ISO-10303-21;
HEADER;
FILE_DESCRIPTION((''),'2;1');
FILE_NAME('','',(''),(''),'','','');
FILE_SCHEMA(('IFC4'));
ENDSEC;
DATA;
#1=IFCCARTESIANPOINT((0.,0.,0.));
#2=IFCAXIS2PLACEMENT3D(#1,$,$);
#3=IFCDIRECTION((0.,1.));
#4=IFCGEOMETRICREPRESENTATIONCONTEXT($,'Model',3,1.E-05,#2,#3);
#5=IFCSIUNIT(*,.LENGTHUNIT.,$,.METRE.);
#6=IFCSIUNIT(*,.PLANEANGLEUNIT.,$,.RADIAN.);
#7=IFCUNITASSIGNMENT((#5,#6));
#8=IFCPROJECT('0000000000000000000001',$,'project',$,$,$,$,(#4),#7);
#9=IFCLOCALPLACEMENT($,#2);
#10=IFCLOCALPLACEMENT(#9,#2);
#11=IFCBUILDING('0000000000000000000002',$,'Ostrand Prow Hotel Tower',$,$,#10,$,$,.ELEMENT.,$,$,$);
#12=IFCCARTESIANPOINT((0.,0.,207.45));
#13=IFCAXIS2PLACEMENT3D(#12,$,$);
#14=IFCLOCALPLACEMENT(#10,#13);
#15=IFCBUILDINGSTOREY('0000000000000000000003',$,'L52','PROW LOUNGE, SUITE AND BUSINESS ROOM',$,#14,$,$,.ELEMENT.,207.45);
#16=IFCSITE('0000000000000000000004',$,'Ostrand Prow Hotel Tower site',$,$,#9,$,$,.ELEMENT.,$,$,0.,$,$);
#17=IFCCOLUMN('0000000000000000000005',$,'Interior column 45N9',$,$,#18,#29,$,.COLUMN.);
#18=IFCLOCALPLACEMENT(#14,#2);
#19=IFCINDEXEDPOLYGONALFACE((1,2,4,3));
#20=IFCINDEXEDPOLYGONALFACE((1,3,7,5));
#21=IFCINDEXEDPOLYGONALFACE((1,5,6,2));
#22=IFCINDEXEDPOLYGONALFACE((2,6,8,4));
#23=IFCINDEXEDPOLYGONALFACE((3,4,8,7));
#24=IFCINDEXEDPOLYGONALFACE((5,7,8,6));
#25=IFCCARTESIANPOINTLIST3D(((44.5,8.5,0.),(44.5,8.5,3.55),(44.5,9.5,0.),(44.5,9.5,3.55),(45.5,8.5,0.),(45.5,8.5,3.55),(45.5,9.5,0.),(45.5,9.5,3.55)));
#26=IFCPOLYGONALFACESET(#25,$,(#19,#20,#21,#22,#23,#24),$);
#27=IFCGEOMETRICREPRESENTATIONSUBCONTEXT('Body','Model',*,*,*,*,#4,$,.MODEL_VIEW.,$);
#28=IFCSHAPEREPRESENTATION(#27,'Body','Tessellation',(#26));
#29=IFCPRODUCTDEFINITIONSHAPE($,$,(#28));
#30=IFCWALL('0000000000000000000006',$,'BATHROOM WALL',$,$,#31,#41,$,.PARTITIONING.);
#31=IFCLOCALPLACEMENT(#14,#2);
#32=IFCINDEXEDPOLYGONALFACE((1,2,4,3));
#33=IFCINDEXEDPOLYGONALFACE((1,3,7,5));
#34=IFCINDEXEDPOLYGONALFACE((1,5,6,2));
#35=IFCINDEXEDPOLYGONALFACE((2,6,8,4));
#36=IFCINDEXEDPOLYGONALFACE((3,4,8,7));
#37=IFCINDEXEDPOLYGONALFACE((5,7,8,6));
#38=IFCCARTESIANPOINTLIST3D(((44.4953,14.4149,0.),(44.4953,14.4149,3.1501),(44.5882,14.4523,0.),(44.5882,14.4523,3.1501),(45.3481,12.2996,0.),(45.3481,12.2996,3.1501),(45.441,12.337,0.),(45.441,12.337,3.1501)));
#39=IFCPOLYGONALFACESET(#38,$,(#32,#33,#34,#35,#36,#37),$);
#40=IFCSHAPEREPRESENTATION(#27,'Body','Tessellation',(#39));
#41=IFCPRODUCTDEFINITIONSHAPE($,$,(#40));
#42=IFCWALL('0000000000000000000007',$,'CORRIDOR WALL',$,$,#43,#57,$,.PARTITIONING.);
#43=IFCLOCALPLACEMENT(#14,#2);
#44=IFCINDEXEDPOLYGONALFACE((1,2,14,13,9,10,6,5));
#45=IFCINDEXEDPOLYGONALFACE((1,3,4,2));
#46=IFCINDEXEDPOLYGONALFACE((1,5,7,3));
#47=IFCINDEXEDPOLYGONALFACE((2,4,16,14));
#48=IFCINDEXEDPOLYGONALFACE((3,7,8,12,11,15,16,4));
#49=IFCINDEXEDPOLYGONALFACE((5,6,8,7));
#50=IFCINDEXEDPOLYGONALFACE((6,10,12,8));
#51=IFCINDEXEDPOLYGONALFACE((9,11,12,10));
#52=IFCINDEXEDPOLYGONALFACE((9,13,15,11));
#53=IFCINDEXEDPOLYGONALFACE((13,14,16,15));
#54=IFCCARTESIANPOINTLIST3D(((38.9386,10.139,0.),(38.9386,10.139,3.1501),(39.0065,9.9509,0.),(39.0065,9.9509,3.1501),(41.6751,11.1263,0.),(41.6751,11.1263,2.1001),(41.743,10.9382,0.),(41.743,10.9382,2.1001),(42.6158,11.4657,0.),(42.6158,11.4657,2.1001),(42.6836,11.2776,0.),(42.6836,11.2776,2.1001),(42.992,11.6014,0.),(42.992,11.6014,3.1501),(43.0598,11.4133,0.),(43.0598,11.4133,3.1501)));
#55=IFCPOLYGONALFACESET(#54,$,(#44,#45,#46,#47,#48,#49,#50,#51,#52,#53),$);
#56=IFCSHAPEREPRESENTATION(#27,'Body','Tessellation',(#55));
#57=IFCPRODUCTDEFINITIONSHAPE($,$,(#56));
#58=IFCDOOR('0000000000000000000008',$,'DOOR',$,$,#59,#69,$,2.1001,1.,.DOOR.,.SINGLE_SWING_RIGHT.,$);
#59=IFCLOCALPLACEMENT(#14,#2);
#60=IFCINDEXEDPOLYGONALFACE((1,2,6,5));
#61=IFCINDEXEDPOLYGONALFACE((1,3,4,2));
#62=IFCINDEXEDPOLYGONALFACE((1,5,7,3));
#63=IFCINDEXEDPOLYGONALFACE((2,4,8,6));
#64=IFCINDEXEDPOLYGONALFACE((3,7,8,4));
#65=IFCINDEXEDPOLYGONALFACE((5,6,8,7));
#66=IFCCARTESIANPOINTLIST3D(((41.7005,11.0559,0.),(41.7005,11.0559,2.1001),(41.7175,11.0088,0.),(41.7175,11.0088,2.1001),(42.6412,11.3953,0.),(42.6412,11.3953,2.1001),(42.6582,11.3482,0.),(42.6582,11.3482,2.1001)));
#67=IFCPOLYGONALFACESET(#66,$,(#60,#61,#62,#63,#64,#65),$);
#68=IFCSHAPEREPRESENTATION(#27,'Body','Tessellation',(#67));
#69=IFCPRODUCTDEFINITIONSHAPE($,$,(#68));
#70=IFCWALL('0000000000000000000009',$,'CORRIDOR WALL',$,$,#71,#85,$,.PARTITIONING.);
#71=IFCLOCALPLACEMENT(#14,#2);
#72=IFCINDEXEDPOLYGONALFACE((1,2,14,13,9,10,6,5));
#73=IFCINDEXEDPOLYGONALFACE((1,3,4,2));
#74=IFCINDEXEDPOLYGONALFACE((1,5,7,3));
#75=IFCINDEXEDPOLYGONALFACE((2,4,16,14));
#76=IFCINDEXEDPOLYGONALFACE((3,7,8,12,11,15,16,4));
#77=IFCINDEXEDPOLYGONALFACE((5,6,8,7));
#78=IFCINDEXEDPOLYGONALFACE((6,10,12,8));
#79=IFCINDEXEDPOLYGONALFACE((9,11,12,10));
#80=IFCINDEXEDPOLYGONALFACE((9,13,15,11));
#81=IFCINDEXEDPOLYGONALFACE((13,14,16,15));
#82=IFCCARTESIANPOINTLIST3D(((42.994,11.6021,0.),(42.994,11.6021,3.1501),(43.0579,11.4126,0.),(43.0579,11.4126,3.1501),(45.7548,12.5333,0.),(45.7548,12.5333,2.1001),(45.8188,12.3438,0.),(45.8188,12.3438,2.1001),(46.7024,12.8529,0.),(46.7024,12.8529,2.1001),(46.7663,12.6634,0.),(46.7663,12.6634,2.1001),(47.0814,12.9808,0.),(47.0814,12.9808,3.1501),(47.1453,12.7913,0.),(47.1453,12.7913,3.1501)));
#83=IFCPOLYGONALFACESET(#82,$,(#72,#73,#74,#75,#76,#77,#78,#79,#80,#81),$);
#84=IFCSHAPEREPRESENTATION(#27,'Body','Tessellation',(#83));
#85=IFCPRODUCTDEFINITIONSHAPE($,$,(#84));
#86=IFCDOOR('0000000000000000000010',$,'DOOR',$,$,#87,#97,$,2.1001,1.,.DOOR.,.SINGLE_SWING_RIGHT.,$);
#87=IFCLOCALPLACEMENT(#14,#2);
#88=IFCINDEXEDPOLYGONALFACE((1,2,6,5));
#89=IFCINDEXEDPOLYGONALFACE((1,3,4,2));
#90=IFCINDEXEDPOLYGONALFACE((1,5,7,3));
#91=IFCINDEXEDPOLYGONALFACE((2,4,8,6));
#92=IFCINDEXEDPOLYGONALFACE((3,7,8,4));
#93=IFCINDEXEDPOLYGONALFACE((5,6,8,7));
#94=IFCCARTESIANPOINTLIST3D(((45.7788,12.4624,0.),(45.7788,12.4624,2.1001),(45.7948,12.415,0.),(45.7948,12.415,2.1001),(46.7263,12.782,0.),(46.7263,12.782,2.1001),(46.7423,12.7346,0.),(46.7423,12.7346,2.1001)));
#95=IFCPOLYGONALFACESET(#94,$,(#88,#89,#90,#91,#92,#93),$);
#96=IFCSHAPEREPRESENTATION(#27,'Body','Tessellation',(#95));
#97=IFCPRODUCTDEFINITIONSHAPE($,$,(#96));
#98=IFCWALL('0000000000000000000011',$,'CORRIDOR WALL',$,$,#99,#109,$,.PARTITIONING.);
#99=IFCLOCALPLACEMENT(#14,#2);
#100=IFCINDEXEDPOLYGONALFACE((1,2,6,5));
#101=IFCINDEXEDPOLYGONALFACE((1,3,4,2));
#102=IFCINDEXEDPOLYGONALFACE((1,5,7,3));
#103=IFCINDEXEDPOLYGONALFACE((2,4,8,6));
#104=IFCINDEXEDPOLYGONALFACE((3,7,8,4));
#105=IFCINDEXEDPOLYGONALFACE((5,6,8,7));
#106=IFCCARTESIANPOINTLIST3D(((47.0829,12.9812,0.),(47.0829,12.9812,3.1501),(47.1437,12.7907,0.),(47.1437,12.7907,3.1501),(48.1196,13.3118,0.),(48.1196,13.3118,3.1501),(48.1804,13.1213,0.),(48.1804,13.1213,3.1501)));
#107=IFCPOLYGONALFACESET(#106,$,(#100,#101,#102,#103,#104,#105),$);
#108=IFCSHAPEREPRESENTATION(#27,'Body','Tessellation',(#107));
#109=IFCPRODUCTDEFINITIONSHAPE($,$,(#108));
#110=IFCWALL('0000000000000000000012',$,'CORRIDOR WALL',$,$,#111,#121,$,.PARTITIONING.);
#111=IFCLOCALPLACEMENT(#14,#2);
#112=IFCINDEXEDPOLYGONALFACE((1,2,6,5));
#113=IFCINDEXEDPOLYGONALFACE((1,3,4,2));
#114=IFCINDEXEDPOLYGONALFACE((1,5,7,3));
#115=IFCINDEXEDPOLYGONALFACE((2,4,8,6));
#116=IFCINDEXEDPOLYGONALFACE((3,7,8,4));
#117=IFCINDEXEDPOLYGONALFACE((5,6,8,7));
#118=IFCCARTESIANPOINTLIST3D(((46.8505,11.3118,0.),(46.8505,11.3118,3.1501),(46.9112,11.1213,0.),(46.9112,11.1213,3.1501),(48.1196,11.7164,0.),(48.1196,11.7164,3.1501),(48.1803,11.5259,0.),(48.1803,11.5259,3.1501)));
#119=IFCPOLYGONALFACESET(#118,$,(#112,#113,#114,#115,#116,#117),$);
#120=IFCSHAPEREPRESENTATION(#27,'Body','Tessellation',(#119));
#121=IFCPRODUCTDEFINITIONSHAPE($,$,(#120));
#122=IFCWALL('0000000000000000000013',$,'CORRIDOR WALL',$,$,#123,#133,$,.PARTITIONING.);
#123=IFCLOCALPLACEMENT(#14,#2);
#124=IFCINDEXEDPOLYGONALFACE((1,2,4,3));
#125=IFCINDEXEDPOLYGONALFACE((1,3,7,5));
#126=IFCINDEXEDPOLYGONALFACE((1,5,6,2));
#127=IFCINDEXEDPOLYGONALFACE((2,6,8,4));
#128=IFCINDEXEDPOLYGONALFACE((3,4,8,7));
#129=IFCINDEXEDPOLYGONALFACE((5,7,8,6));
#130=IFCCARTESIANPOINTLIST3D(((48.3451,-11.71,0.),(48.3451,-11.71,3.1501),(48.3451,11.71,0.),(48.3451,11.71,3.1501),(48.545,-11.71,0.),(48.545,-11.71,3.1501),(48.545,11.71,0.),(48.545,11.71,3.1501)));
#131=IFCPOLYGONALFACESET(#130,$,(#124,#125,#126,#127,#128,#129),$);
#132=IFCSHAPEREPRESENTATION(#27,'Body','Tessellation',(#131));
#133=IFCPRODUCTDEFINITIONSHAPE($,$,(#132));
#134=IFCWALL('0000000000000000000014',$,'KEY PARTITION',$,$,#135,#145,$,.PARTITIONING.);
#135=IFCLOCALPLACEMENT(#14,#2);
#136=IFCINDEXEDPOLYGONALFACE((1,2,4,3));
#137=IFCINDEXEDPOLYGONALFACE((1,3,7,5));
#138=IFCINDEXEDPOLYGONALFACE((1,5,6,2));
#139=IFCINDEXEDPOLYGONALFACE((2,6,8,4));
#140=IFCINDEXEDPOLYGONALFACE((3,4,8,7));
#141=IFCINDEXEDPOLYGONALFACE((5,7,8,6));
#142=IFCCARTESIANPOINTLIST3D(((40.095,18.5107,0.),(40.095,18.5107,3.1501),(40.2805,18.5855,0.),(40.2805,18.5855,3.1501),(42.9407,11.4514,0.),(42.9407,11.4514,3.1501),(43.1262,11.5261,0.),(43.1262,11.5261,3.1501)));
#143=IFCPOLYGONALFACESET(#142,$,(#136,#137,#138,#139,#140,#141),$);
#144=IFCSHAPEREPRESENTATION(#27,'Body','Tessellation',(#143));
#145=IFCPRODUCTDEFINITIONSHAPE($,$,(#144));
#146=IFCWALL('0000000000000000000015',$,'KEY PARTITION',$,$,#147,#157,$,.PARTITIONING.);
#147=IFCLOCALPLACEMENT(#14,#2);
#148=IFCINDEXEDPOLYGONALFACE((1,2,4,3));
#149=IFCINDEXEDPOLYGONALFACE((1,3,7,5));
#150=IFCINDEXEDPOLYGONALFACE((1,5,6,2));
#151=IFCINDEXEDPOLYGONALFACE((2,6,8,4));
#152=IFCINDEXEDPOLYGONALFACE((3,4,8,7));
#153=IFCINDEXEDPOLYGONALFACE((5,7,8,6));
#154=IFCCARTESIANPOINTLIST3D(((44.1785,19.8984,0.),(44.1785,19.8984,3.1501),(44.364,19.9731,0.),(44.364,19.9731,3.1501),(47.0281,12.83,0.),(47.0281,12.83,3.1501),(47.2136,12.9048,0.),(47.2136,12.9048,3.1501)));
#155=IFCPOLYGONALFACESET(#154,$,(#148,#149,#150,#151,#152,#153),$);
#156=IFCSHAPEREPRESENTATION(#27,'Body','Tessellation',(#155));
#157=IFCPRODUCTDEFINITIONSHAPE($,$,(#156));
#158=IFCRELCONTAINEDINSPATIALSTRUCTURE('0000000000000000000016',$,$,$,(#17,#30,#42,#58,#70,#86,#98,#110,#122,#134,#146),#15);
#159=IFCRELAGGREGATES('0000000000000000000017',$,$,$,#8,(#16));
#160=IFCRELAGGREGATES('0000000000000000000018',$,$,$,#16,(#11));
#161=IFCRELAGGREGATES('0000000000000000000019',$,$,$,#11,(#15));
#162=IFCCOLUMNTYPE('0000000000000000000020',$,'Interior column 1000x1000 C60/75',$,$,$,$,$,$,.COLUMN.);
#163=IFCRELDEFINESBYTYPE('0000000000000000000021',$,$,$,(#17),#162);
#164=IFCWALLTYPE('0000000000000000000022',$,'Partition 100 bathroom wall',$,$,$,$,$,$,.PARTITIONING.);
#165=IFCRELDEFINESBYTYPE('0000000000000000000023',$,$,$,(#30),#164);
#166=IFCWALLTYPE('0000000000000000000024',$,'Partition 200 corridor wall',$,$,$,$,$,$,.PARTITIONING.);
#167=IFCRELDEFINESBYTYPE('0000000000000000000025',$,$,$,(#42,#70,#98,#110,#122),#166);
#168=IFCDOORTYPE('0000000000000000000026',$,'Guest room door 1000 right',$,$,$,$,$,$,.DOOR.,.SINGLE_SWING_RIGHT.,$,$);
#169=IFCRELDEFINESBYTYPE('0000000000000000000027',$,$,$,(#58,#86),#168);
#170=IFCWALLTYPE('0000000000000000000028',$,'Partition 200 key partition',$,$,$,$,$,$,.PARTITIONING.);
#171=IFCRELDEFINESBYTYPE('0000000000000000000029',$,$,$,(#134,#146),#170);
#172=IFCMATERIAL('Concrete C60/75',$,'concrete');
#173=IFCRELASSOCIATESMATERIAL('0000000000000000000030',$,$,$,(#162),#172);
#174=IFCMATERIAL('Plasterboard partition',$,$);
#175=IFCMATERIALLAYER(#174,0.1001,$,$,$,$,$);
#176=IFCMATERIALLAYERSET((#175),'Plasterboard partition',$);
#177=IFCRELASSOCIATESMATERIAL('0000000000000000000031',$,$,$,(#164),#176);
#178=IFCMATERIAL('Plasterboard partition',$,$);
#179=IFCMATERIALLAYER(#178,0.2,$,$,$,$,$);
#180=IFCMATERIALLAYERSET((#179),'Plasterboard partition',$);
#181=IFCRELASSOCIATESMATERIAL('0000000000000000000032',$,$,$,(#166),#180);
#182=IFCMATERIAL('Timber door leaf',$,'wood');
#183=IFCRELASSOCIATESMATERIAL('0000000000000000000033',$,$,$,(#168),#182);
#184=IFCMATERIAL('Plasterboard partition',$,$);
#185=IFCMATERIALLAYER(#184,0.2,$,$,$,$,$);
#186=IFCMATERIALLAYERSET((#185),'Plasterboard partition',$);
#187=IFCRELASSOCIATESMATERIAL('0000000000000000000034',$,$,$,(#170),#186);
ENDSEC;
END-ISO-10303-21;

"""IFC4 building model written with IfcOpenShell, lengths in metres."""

from ifc_helpers import new_model, si_unit, direction, frame, frame_2d, origin, origin_2d, place, context, subcontext, project, spatial, rectangle, extrude, material, layer, layer_set, material_profile, profile_set, type_object, element, fill, save


model = new_model("IFC4")

# Units and contexts
model_context = context("Model", 3, precision=1e-05, world=origin(), true_north=direction((0.0, 1.0)))
body_context = subcontext(model_context, "Body", "Model", "MODEL_VIEW")
ifc_project = project(units=[si_unit("LENGTHUNIT", "METRE"), si_unit("PLANEANGLEUNIT", "RADIAN")], contexts=[model_context])

# Site, building, storey
site_placement = place(None, origin())
site = spatial("IfcSite", under=ifc_project, at=site_placement, Name="Ostrand Prow Hotel Tower site", CompositionType="ELEMENT", RefElevation=0.0)
building_placement = place(site_placement, origin())
building = spatial("IfcBuilding", under=site, at=building_placement, Name="Ostrand Prow Hotel Tower", CompositionType="ELEMENT")
storey_placement = place(building_placement, frame((0.0, 0.0, 207.45)))
storey = spatial("IfcBuildingStorey", under=building, at=storey_placement, Name="L52", Description="PROW LOUNGE, SUITE AND BUSINESS ROOM", CompositionType="ELEMENT", Elevation=207.45)

# Column
ifc_material_1 = material(Name="Concrete C60/75", Category="concrete")
ifc_material_profile = material_profile(ifc_material_1, rectangle(XDim=1.0, YDim=1.0, at=origin_2d()), Name="RC 1000x1000")
ifc_profile_set = profile_set([ifc_material_profile], Name="Concrete C60/75")
column_type = type_object("IfcColumnType", Name="Interior column 1000x1000 C60/75", PredefinedType="COLUMN", material=ifc_profile_set)
column_placement = place(storey_placement, frame((45.0, 9.0, 0.0), z_axis=(0.0, 0.0, 1.0), x_axis=(1.0, 0.0, 0.0)))
element("IfcColumn", 1, at=column_placement, inside=storey, type_object=column_type, Name="Interior column 45N9", PredefinedType="COLUMN", context=body_context, shape_type="SweptSolid", body=[
    extrude(rectangle(XDim=1.0, YDim=1.0, at=origin_2d()), origin(), (0.0, 0.0, 1.0), 3.55),
])

# Wall
ifc_material_2 = material(Name="Plasterboard partition")
ifc_layer_1 = layer(ifc_material_2, 0.1001)
ifc_layer_set_1 = layer_set([ifc_layer_1], Name="Plasterboard partition")
wall_type_1 = type_object("IfcWallType", Name="Partition 100 bathroom wall", PredefinedType="PARTITIONING", material=ifc_layer_set_1)
wall_1_placement = place(storey_placement, frame((44.5417, 14.4336, 0.0), z_axis=(0.0, 0.0, 1.0), x_axis=(0.373918, -0.927462, 0.0)))
element("IfcWall", 2, at=wall_1_placement, inside=storey, type_object=wall_type_1, Name="BATHROOM WALL", PredefinedType="PARTITIONING", context=body_context, shape_type="SweptSolid", body=[
    extrude(rectangle(XDim=2.2808, YDim=0.1001, at=frame_2d((1.1404, 0.0))), origin(), (0.0, 0.0, 1.0), 3.1501),
])

# Walls, openings, doors
ifc_material_3 = material(Name="Plasterboard partition")
ifc_layer_2 = layer(ifc_material_3, 0.2)
ifc_layer_set_2 = layer_set([ifc_layer_2], Name="Plasterboard partition")
wall_type_2 = type_object("IfcWallType", Name="Partition 200 corridor wall", PredefinedType="PARTITIONING", material=ifc_layer_set_2)
wall_2_placement = place(storey_placement, frame((43.0259, 11.5073, 0.0), z_axis=(0.0, 0.0, 1.0), x_axis=(-0.940654, -0.339367, 0.0)))
wall_2 = element("IfcWall", 3, at=wall_2_placement, inside=storey, type_object=wall_type_2, Name="CORRIDOR WALL", PredefinedType="PARTITIONING", context=body_context, shape_type="SweptSolid", body=[
    extrude(rectangle(XDim=4.3091, YDim=0.2, at=frame_2d((2.1545, 0.0))), origin(), (0.0, 0.0, 1.0), 3.1501),
])
opening_1_placement = place(wall_2_placement, frame((0.3999, 0.0, 0.0)))
opening_1 = element("IfcOpeningElement", 4, at=opening_1_placement, cuts=wall_2, PredefinedType="OPENING", context=body_context, shape_type="SweptSolid", body=[
    extrude(rectangle(XDim=1.0, YDim=2.1001, at=frame_2d((0.5, 1.05))), frame((0.0, 0.1099, 0.0), z_axis=(0.0, -1.0, 0.0), x_axis=(1.0, 0.0, 0.0)), (0.0, 0.0, 1.0), 0.22),
])
ifc_material_4 = material(Name="Timber door leaf", Category="wood")
door_type = type_object("IfcDoorType", Name="Guest room door 1000 right", OperationType="SINGLE_SWING_RIGHT", PredefinedType="DOOR", material=ifc_material_4)
door_1_placement = place(opening_1_placement, origin())
door_1 = element("IfcDoor", 5, at=door_1_placement, inside=storey, type_object=door_type, Name="DOOR", OperationType="SINGLE_SWING_RIGHT", OverallHeight=2.1001, OverallWidth=1.0, PredefinedType="DOOR", context=body_context, shape_type="SweptSolid", body=[
    extrude(rectangle(XDim=1.0, YDim=2.1001, at=frame_2d((0.5, 1.05))), frame((0.0, 0.0249, 0.0), z_axis=(0.0, -1.0, 0.0), x_axis=(1.0, 0.0, 0.0)), (0.0, 0.0, 1.0), 0.05),
])
fill(opening_1, door_1)
wall_3_placement = place(storey_placement, frame((47.1133, 12.886, 0.0), z_axis=(0.0, 0.0, 1.0), x_axis=(-0.947551, -0.319605, 0.0)))
wall_3 = element("IfcWall", 6, at=wall_3_placement, inside=storey, type_object=wall_type_2, Name="CORRIDOR WALL", PredefinedType="PARTITIONING", context=body_context, shape_type="SweptSolid", body=[
    extrude(rectangle(XDim=4.3137, YDim=0.2, at=frame_2d((2.1567, 0.0))), origin(), (0.0, 0.0, 1.0), 3.1501),
])
opening_2_placement = place(wall_3_placement, frame((0.3999, 0.0, 0.0)))
opening_2 = element("IfcOpeningElement", 7, at=opening_2_placement, cuts=wall_3, PredefinedType="OPENING", context=body_context, shape_type="SweptSolid", body=[
    extrude(rectangle(XDim=1.0, YDim=2.1001, at=frame_2d((0.5, 1.05))), frame((0.0, 0.1099, 0.0), z_axis=(0.0, -1.0, 0.0), x_axis=(1.0, 0.0, 0.0)), (0.0, 0.0, 1.0), 0.22),
])
door_2_placement = place(opening_2_placement, origin())
door_2 = element("IfcDoor", 8, at=door_2_placement, inside=storey, type_object=door_type, Name="DOOR", OperationType="SINGLE_SWING_RIGHT", OverallHeight=2.1001, OverallWidth=1.0, PredefinedType="DOOR", context=body_context, shape_type="SweptSolid", body=[
    extrude(rectangle(XDim=1.0, YDim=2.1001, at=frame_2d((0.5, 1.05))), frame((0.0, 0.0249, 0.0), z_axis=(0.0, -1.0, 0.0), x_axis=(1.0, 0.0, 0.0)), (0.0, 0.0, 1.0), 0.05),
])
fill(opening_2, door_2)

# Walls
wall_4_placement = place(storey_placement, frame((48.1499, 13.2166, 0.0), z_axis=(0.0, 0.0, 1.0), x_axis=(-0.952731, -0.303815, 0.0)))
element("IfcWall", 9, at=wall_4_placement, inside=storey, type_object=wall_type_2, Name="CORRIDOR WALL", PredefinedType="PARTITIONING", context=body_context, shape_type="SweptSolid", body=[
    extrude(rectangle(XDim=1.0881, YDim=0.2, at=frame_2d((0.5439, 0.0))), origin(), (0.0, 0.0, 1.0), 3.1501),
])
wall_5_placement = place(storey_placement, frame((46.8809, 11.2166, 0.0), z_axis=(0.0, 0.0, 1.0), x_axis=(0.952762, 0.303718, 0.0)))
element("IfcWall", 10, at=wall_5_placement, inside=storey, type_object=wall_type_2, Name="CORRIDOR WALL", PredefinedType="PARTITIONING", context=body_context, shape_type="SweptSolid", body=[
    extrude(rectangle(XDim=1.332, YDim=0.2, at=frame_2d((0.666, 0.0))), origin(), (0.0, 0.0, 1.0), 3.1501),
])
wall_6_placement = place(storey_placement, frame((48.4451, 11.71, 0.0), z_axis=(0.0, 0.0, 1.0), x_axis=(0.0, -1.0, 0.0)))
element("IfcWall", 11, at=wall_6_placement, inside=storey, type_object=wall_type_2, Name="CORRIDOR WALL", PredefinedType="PARTITIONING", context=body_context, shape_type="SweptSolid", body=[
    extrude(rectangle(XDim=23.4199, YDim=0.2, at=frame_2d((11.71, 0.0))), origin(), (0.0, 0.0, 1.0), 3.1501),
])
ifc_material_5 = material(Name="Plasterboard partition")
ifc_layer_3 = layer(ifc_material_5, 0.2)
ifc_layer_set_3 = layer_set([ifc_layer_3], Name="Plasterboard partition")
wall_type_3 = type_object("IfcWallType", Name="Partition 200 key partition", PredefinedType="PARTITIONING", material=ifc_layer_set_3)
wall_7_placement = place(storey_placement, frame((43.0334, 11.4888, 0.0), z_axis=(0.0, 0.0, 1.0), x_axis=(-0.373878, 0.927478, 0.0)))
element("IfcWall", 12, at=wall_7_placement, inside=storey, type_object=wall_type_3, Name="KEY PARTITION", PredefinedType="PARTITIONING", context=body_context, shape_type="SweptSolid", body=[
    extrude(rectangle(XDim=7.6113, YDim=0.2, at=frame_2d((3.8057, 0.0))), origin(), (0.0, 0.0, 1.0), 3.1501),
])
wall_8_placement = place(storey_placement, frame((47.1208, 12.8674, 0.0), z_axis=(0.0, 0.0, 1.0), x_axis=(-0.373908, 0.927466, 0.0)))
element("IfcWall", 13, at=wall_8_placement, inside=storey, type_object=wall_type_3, Name="KEY PARTITION", PredefinedType="PARTITIONING", context=body_context, shape_type="SweptSolid", body=[
    extrude(rectangle(XDim=7.6211, YDim=0.2, at=frame_2d((3.8105, 0.0))), origin(), (0.0, 0.0, 1.0), 3.1501),
])

save(model, "model.ifc")
